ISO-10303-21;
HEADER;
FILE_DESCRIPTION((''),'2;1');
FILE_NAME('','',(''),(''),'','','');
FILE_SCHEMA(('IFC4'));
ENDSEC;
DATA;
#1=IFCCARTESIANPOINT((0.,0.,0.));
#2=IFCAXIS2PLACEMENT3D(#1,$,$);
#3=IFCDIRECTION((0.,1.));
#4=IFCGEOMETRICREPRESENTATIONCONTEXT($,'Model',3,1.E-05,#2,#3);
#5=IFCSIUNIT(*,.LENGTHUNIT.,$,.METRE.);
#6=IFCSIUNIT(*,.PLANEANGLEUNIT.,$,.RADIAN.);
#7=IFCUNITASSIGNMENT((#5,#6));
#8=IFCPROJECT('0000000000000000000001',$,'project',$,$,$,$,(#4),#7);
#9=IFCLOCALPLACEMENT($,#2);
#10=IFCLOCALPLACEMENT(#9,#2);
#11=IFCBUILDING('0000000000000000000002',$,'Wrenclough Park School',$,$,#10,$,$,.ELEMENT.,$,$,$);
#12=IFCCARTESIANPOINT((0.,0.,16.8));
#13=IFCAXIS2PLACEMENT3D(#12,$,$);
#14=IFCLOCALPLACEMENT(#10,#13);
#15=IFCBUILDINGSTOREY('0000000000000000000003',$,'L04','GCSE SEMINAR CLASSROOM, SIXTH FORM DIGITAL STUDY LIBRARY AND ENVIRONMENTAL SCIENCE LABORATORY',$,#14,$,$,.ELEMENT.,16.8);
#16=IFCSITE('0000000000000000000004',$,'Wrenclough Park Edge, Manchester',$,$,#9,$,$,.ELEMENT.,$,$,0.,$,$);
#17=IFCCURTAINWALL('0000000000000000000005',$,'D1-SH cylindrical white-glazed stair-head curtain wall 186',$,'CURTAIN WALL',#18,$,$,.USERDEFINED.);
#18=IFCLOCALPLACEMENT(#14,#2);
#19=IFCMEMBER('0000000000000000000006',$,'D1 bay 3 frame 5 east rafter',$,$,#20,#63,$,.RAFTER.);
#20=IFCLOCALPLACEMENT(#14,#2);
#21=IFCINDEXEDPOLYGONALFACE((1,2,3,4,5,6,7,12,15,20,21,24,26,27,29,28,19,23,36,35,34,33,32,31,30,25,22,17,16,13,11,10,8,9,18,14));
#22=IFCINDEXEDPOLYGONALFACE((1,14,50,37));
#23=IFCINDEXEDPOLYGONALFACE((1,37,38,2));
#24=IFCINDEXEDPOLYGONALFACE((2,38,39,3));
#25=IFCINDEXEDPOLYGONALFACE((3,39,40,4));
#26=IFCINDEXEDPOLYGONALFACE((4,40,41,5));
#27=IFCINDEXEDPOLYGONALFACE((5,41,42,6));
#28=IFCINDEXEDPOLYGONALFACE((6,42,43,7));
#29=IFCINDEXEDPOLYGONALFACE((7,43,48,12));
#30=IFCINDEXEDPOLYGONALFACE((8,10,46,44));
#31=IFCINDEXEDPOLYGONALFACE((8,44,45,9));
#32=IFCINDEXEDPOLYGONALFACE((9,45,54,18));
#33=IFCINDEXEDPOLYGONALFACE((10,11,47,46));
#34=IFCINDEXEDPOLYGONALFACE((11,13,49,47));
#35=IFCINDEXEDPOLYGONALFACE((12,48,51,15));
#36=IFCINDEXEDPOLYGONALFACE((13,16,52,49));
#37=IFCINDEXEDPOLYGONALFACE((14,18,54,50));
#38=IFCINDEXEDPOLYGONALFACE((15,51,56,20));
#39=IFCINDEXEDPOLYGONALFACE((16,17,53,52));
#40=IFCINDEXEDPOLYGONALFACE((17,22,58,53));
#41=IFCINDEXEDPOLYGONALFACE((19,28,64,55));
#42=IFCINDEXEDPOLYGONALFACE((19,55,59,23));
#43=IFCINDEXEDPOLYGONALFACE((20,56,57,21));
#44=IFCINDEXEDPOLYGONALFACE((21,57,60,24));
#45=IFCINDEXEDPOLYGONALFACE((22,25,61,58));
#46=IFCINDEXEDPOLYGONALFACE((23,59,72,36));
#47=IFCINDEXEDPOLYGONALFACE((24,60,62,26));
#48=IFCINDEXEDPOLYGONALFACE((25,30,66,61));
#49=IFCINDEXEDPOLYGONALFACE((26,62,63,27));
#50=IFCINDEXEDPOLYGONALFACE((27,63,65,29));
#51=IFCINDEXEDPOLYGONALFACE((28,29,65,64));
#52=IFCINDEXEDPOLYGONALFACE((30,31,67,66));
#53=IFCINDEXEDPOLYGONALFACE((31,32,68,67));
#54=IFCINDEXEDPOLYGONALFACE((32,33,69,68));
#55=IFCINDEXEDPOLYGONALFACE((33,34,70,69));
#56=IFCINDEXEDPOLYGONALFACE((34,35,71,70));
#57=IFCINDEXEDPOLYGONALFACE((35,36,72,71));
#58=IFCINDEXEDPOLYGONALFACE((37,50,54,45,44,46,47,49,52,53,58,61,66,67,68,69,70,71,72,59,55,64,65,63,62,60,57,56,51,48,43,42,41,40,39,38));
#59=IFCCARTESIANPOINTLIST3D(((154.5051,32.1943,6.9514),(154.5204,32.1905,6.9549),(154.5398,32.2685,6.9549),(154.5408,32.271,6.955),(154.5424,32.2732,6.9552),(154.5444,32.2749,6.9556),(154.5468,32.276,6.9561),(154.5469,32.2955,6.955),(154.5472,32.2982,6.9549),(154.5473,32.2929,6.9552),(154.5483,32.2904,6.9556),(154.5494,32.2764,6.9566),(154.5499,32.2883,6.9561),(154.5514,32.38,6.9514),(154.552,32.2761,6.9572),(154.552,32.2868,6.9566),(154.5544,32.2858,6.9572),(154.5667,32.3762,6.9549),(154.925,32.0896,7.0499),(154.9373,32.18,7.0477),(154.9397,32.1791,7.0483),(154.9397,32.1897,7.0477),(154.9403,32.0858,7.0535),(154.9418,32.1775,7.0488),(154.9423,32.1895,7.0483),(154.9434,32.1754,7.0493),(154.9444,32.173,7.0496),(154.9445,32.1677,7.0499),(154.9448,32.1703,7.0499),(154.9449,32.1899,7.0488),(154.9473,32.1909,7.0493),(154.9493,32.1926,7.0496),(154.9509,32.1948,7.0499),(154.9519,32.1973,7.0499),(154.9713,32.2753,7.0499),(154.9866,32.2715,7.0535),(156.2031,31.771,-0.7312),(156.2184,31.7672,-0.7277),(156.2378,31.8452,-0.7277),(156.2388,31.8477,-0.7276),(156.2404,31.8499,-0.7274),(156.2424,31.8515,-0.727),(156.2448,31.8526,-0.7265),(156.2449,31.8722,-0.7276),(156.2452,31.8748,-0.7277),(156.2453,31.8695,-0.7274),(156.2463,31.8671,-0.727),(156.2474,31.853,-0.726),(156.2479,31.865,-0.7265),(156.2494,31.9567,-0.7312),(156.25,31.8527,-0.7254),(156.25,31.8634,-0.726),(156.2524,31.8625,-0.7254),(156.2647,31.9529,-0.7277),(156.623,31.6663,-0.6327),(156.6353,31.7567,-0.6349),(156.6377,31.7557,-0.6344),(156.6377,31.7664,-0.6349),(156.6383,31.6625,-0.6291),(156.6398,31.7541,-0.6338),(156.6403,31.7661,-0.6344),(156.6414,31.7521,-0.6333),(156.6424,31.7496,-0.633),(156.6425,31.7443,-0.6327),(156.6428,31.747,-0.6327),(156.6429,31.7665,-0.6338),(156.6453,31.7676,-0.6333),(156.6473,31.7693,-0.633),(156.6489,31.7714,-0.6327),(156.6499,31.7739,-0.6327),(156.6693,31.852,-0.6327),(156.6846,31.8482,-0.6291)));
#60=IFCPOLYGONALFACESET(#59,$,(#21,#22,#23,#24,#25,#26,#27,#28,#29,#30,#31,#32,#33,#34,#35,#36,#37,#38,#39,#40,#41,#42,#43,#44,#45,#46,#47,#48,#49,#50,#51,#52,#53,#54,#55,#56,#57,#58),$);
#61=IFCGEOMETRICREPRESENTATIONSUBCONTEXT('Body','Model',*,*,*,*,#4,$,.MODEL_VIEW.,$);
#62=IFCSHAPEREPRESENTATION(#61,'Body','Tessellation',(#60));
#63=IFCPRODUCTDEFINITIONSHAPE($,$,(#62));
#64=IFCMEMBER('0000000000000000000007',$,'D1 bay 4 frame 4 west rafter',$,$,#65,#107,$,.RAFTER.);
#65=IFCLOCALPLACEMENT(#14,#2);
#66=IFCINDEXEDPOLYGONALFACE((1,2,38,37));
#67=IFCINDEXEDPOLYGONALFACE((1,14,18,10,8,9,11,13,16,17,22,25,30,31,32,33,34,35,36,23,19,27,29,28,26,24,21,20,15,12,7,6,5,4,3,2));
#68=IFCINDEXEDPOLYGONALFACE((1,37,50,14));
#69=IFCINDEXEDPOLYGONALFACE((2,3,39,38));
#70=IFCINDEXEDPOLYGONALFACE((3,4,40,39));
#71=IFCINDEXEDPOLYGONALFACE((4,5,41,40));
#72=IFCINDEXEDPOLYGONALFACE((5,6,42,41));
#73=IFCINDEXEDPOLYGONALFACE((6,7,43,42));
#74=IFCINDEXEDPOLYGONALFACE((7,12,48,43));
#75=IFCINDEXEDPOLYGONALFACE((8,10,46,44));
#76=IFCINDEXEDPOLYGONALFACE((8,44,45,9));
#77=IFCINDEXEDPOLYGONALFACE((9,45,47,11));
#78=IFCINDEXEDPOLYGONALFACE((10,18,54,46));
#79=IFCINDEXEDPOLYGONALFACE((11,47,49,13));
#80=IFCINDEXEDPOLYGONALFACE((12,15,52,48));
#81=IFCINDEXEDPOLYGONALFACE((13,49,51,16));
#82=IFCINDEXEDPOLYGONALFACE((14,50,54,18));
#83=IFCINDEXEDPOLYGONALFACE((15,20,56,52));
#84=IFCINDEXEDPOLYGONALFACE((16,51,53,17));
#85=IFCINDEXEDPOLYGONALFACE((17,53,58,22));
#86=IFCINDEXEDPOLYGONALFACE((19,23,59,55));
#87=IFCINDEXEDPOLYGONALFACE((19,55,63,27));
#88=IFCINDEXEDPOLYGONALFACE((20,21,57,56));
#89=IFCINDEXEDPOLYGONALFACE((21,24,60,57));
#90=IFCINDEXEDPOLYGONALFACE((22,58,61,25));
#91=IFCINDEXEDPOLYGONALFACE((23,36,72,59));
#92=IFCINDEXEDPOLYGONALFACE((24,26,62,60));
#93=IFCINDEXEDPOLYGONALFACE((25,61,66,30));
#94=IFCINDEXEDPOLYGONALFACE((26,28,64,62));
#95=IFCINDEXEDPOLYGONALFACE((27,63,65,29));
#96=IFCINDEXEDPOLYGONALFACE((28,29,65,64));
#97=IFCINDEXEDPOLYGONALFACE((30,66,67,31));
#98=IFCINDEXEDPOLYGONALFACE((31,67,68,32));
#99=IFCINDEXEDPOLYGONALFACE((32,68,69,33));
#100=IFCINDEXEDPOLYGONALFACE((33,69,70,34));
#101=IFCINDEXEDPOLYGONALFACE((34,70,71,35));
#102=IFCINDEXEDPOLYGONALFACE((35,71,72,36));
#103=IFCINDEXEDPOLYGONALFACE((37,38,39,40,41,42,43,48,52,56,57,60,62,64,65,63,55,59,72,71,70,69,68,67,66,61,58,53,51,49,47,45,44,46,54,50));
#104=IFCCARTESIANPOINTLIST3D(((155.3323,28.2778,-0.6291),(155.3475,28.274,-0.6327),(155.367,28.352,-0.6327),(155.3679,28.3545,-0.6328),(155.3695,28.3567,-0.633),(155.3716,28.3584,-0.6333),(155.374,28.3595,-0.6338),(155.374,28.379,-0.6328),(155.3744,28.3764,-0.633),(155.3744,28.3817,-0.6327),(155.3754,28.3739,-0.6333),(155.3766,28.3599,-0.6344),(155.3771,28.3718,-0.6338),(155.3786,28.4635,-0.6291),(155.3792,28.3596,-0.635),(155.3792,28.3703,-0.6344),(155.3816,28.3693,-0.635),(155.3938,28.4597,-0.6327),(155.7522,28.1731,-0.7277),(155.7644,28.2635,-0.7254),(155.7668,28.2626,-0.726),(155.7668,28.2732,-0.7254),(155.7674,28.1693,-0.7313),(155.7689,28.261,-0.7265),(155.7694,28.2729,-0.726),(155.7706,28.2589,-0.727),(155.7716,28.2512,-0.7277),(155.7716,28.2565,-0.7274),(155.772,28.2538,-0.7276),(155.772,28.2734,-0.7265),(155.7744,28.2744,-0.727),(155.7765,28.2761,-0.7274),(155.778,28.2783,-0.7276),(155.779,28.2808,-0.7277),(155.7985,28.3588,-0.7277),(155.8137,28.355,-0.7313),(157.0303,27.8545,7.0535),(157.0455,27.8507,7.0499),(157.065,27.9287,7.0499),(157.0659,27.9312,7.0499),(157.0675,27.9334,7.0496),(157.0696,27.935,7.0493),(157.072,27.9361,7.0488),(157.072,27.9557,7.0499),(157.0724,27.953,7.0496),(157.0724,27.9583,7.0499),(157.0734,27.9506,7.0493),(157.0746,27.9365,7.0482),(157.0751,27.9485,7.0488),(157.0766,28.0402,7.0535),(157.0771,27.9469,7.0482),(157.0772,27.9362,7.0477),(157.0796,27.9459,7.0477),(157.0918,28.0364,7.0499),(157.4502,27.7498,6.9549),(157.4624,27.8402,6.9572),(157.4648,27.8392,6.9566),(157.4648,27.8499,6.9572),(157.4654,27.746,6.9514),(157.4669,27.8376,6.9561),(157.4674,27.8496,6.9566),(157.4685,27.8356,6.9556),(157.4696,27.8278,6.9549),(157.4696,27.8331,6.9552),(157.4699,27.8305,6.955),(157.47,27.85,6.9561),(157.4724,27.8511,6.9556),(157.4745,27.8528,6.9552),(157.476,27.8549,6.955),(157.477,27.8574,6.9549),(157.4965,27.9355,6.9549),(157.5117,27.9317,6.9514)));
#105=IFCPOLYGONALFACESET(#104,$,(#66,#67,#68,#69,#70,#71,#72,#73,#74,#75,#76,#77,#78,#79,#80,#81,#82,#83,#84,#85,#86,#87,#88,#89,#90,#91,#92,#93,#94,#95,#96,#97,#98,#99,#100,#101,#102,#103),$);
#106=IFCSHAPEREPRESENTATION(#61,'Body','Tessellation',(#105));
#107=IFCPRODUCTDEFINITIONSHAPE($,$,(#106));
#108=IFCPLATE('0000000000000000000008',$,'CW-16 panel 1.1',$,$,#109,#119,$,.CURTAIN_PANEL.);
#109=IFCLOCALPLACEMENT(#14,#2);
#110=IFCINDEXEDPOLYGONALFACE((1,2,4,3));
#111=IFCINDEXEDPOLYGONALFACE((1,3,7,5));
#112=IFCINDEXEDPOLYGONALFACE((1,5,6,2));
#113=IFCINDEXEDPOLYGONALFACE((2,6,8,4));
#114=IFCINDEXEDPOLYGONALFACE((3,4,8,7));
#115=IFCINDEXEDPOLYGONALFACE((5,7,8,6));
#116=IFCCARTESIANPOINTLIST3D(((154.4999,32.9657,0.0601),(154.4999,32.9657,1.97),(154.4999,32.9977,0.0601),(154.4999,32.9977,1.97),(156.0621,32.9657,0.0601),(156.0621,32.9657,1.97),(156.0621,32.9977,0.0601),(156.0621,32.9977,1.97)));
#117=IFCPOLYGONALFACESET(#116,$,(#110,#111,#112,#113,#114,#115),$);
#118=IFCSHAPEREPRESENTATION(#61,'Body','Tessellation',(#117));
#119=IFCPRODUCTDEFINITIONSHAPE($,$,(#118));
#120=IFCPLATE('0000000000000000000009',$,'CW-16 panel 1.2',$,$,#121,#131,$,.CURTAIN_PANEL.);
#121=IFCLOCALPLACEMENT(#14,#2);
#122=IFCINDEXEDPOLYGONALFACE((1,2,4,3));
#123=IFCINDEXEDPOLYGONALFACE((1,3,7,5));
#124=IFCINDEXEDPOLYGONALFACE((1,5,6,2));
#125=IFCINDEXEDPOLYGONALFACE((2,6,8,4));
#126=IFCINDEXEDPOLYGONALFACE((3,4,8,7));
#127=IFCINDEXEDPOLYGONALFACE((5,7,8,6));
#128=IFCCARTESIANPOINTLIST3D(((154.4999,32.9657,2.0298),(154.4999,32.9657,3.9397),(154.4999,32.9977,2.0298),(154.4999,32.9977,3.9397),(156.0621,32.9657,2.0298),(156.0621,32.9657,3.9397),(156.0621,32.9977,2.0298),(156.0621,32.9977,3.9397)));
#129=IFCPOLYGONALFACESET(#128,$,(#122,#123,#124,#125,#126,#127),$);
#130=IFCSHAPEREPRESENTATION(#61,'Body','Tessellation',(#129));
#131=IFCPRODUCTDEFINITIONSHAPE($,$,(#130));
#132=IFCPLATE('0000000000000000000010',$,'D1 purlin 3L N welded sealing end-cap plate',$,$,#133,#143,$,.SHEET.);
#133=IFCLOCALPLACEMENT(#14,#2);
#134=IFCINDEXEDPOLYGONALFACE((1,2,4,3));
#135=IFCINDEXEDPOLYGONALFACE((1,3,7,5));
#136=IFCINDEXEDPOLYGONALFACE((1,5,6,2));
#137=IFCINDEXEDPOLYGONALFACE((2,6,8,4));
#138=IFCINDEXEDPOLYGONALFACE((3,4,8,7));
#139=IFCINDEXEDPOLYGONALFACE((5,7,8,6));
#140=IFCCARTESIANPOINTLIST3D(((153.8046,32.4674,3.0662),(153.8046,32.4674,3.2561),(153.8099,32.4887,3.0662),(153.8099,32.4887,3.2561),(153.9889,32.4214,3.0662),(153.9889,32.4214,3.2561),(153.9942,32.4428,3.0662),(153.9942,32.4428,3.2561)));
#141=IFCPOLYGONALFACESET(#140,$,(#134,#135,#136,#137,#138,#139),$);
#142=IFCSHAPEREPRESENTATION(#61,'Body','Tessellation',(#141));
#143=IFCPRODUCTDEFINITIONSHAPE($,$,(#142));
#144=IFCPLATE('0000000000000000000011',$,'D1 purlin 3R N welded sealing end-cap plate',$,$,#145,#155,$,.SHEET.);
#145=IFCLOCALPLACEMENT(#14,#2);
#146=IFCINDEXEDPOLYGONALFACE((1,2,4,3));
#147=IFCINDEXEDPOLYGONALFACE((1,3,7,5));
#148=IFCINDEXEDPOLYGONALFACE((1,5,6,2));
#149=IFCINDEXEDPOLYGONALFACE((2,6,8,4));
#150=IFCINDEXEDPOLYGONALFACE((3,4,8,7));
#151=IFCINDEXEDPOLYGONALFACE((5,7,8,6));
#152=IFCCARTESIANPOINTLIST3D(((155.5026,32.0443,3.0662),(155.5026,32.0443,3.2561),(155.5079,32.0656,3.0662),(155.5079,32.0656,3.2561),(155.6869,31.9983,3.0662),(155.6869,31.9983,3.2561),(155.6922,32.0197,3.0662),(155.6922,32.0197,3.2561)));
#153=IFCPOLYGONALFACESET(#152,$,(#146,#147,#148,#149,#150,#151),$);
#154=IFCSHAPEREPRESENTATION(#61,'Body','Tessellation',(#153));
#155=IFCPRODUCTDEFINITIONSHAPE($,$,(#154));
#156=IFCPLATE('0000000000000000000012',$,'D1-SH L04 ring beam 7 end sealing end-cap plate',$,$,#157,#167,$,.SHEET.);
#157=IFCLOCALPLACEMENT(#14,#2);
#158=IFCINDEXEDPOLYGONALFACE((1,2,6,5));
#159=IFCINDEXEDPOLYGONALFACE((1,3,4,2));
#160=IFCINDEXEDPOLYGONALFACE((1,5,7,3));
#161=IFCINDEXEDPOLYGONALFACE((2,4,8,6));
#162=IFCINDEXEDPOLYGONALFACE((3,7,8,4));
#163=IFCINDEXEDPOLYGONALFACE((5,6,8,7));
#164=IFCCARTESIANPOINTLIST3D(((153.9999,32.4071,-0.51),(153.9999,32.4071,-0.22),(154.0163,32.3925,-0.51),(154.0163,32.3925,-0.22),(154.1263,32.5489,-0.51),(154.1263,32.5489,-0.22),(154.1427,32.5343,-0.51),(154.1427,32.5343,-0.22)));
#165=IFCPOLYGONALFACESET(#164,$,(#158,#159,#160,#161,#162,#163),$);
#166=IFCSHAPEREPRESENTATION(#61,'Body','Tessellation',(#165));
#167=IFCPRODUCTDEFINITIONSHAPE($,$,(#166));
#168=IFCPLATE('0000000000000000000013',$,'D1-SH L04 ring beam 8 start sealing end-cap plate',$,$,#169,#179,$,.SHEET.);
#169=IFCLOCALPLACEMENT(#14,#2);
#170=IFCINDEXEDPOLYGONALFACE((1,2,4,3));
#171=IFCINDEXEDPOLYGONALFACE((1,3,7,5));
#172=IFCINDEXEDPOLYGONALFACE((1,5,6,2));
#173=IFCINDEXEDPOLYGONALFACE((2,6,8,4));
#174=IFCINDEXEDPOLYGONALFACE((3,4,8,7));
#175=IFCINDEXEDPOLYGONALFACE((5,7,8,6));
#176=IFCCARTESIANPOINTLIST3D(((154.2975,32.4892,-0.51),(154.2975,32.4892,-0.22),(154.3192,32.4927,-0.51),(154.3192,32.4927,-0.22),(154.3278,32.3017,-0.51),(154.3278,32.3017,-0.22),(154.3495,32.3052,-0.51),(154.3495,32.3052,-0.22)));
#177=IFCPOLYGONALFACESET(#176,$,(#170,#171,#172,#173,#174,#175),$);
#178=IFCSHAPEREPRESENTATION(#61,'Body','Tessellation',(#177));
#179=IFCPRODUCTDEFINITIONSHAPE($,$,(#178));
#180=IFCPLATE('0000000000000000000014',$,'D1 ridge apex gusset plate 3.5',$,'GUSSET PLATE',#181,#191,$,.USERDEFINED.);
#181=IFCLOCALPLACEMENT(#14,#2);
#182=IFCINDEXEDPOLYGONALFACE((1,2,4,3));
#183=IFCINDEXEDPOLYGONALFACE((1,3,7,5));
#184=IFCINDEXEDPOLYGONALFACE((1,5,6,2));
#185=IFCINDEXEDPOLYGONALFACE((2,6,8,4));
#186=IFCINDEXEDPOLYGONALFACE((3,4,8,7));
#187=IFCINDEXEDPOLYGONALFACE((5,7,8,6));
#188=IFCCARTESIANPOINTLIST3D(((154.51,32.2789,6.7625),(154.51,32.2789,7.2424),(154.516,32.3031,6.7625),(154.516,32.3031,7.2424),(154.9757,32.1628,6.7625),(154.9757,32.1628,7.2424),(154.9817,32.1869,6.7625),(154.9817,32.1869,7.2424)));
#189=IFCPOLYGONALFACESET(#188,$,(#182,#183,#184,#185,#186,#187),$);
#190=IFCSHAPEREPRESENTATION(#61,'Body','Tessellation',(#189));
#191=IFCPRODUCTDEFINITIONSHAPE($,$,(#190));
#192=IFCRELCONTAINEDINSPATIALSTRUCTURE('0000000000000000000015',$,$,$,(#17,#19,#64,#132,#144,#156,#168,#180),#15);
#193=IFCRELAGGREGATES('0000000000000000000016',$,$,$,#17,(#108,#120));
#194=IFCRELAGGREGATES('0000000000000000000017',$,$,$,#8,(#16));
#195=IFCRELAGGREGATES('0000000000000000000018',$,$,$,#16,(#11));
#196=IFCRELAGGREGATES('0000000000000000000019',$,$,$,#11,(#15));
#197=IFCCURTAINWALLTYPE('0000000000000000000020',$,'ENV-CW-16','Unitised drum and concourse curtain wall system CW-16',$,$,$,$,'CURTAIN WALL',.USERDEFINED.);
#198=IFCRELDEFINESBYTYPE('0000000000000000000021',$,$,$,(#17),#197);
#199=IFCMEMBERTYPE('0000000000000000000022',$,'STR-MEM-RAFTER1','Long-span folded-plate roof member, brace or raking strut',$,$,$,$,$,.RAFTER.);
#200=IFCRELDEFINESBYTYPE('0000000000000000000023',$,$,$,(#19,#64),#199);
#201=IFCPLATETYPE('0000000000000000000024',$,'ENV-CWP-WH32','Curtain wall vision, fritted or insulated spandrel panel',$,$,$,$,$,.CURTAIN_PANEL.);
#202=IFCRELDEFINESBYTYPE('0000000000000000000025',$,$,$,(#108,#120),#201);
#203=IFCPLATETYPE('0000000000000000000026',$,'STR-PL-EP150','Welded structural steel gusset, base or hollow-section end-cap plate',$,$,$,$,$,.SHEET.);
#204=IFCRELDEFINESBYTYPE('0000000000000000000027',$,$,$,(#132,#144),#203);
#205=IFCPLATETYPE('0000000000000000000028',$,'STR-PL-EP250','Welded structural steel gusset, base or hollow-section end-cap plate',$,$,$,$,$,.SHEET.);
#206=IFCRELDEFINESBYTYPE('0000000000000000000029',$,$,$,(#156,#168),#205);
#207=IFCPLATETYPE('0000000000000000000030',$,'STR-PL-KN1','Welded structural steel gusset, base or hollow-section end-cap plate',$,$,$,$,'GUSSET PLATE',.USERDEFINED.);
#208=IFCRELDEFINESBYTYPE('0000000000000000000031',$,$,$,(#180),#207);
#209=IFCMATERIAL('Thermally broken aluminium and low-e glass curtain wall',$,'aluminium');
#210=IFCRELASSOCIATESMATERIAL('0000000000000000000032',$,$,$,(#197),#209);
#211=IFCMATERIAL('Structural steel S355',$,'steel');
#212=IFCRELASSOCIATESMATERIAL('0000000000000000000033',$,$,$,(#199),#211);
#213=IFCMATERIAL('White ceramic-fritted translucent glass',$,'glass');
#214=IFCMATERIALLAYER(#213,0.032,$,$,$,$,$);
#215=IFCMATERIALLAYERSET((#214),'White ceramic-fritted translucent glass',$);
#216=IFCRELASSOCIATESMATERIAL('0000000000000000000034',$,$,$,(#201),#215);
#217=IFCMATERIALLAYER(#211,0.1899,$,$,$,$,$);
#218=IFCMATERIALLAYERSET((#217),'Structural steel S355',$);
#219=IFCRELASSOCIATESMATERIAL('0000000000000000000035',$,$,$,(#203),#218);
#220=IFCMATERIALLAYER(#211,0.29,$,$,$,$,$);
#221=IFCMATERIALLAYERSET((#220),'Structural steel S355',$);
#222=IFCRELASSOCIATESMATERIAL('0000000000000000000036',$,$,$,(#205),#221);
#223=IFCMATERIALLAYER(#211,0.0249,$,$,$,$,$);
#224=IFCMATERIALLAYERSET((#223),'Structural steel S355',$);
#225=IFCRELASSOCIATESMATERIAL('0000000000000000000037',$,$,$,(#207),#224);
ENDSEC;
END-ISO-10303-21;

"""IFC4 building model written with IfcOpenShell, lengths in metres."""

from ifc_helpers import new_model, si_unit, direction, frame, origin, origin_2d, place, context, subcontext, project, spatial, rectangle, i_section, extrude, material, layer, layer_set, material_profile, profile_set, type_object, element, aggregate, save


model = new_model("IFC4")

# Units and contexts
model_context = context("Model", 3, precision=1e-05, world=origin(), true_north=direction((0.0, 1.0)))
body_context = subcontext(model_context, "Body", "Model", "MODEL_VIEW")
ifc_project = project(units=[si_unit("LENGTHUNIT", "METRE"), si_unit("PLANEANGLEUNIT", "RADIAN")], contexts=[model_context])

# Site, building, storey
site_placement = place(None, origin())
site = spatial("IfcSite", under=ifc_project, at=site_placement, Name="Wrenclough Park Edge, Manchester", CompositionType="ELEMENT", RefElevation=0.0)
building_placement = place(site_placement, origin())
building = spatial("IfcBuilding", under=site, at=building_placement, Name="Wrenclough Park School", CompositionType="ELEMENT")
storey_placement = place(building_placement, frame((0.0, 0.0, 16.8)))
storey = spatial("IfcBuildingStorey", under=building, at=storey_placement, Name="L04", Description="GCSE SEMINAR CLASSROOM, SIXTH FORM DIGITAL STUDY LIBRARY AND ENVIRONMENTAL SCIENCE LABORATORY", CompositionType="ELEMENT", Elevation=16.8)

# Shared definitions
ifc_material_1 = material(Name="Structural steel S355", Category="steel")

# Shared definitions
ifc_material_2 = material(Name="Thermally broken aluminium and low-e glass curtain wall", Category="aluminium")
curtain_wall_type = type_object("IfcCurtainWallType", Name="ENV-CW-16", Description="Unitised drum and concourse curtain wall system CW-16", ElementType="CURTAIN WALL", PredefinedType="USERDEFINED", material=ifc_material_2)

# Curtain wall
curtain_wall_1_placement = place(storey_placement, origin())
curtain_wall_1 = element("IfcCurtainWall", 1, at=curtain_wall_1_placement, inside=storey, type_object=curtain_wall_type, Name="D1-SH cylindrical white-glazed stair-head curtain wall 186", ObjectType="CURTAIN WALL", PredefinedType="USERDEFINED")

# Members
ifc_material_profile_1 = material_profile(ifc_material_1, i_section(OverallWidth=0.1914, OverallDepth=0.46, WebThickness=0.01, FlangeThickness=0.0161, FilletRadius=0.0103, at=origin_2d()), Name="UKB 457x191x82")
ifc_profile_set_1 = profile_set([ifc_material_profile_1], Name="Structural steel S355")
member_type_1 = type_object("IfcMemberType", Name="STR-MEM-RAFTER1", Description="Long-span folded-plate roof member, brace or raking strut", PredefinedType="RAFTER", material=ifc_profile_set_1)
for number, where, z_axis, x_axis, name in (
    (2, (154.7458, 32.2329, 7.0024), (0.215498, -0.053727, -0.975025), (0.241912, 0.970298, 0.0), "D1 bay 3 frame 5 east rafter"),
    (3, (155.573, 28.3164, -0.6802), (0.215498, -0.053727, 0.975025), (0.241912, 0.970298, 0.0), "D1 bay 4 frame 4 west rafter"),
):
    element("IfcMember", number, at=place(storey_placement, frame(where, z_axis=z_axis, x_axis=x_axis)), inside=storey, type_object=member_type_1, Name=name, PredefinedType="RAFTER", context=body_context, shape_type="SweptSolid", body=[
        extrude(i_section(OverallWidth=0.1914, OverallDepth=0.46, WebThickness=0.01, FlangeThickness=0.0161, FilletRadius=0.0103, at=origin_2d()), origin(), (0.0, 0.0, 1.0), 7.8794),
    ])

# Plates
ifc_material_3 = material(Name="White ceramic-fritted translucent glass", Category="glass")
ifc_layer_1 = layer(ifc_material_3, 0.032)
ifc_layer_set_1 = layer_set([ifc_layer_1], Name="White ceramic-fritted translucent glass")
plate_type_1 = type_object("IfcPlateType", Name="ENV-CWP-WH32", Description="Curtain wall vision, fritted or insulated spandrel panel", PredefinedType="CURTAIN_PANEL", material=ifc_layer_set_1)
plate_1_placement = place(storey_placement, frame((155.281, 32.9817, 0.0601), z_axis=(0.0, 0.0, 1.0), x_axis=(1.0, 0.0, 0.0)))
plate_1 = element("IfcPlate", 4, at=plate_1_placement, type_object=plate_type_1, Name="CW-16 panel 1.1", PredefinedType="CURTAIN_PANEL", context=body_context, shape_type="SweptSolid", body=[
    extrude(rectangle(XDim=1.5623, YDim=0.032, at=origin_2d()), origin(), (0.0, 0.0, 1.0), 1.9099),
])
plate_2_placement = place(storey_placement, frame((155.281, 32.9817, 2.0298), z_axis=(0.0, 0.0, 1.0), x_axis=(1.0, 0.0, 0.0)))
plate_2 = element("IfcPlate", 5, at=plate_2_placement, type_object=plate_type_1, Name="CW-16 panel 1.2", PredefinedType="CURTAIN_PANEL", context=body_context, shape_type="SweptSolid", body=[
    extrude(rectangle(XDim=1.5623, YDim=0.032, at=origin_2d()), origin(), (0.0, 0.0, 1.0), 1.9099),
])
aggregate(curtain_wall_1, [plate_1, plate_2])

# Plates
ifc_layer_2 = layer(ifc_material_1, 0.1899)
ifc_layer_set_2 = layer_set([ifc_layer_2], Name="Structural steel S355")
plate_type_2 = type_object("IfcPlateType", Name="STR-PL-EP150", Description="Welded structural steel gusset, base or hollow-section end-cap plate", PredefinedType="SHEET", material=ifc_layer_set_2)
for number, where, z_axis, x_axis, name in (
    (6, (153.8994, 32.4551, 3.0662), (0.0, 0.0, 1.0), (0.241922, 0.970296, 0.0), "D1 purlin 3L N welded sealing end-cap plate"),
    (7, (155.5974, 32.032, 3.0662), (0.0, 0.0, 1.0), (0.241922, 0.970296, 0.0), "D1 purlin 3R N welded sealing end-cap plate"),
):
    element("IfcPlate", number, at=place(storey_placement, frame(where, z_axis=z_axis, x_axis=x_axis)), inside=storey, type_object=plate_type_2, Name=name, PredefinedType="SHEET", context=body_context, shape_type="SweptSolid", body=[
        extrude(rectangle(XDim=0.022, YDim=0.1899, at=origin_2d()), origin(), (0.0, 0.0, 1.0), 0.1899),
    ])
ifc_layer_3 = layer(ifc_material_1, 0.29)
ifc_layer_set_3 = layer_set([ifc_layer_3], Name="Structural steel S355")
plate_type_3 = type_object("IfcPlateType", Name="STR-PL-EP250", Description="Welded structural steel gusset, base or hollow-section end-cap plate", PredefinedType="SHEET", material=ifc_layer_set_3)
for number, where, z_axis, x_axis, name in (
    (8, (154.0713, 32.4707, -0.51), (0.0, 0.0, 1.0), (0.746406, -0.665491, 0.0), "D1-SH L04 ring beam 7 end sealing end-cap plate"),
    (9, (154.3235, 32.3972, -0.51), (0.0, 0.0, 1.0), (0.98722, 0.159364, 0.0), "D1-SH L04 ring beam 8 start sealing end-cap plate"),
):
    element("IfcPlate", number, at=place(storey_placement, frame(where, z_axis=z_axis, x_axis=x_axis)), inside=storey, type_object=plate_type_3, Name=name, PredefinedType="SHEET", context=body_context, shape_type="SweptSolid", body=[
        extrude(rectangle(XDim=0.022, YDim=0.1899, at=origin_2d()), origin(), (0.0, 0.0, 1.0), 0.29),
    ])
ifc_layer_4 = layer(ifc_material_1, 0.0249)
ifc_layer_set_4 = layer_set([ifc_layer_4], Name="Structural steel S355")
plate_type_4 = type_object("IfcPlateType", Name="STR-PL-KN1", Description="Welded structural steel gusset, base or hollow-section end-cap plate", ElementType="GUSSET PLATE", PredefinedType="USERDEFINED", material=ifc_layer_set_4)
plate_3_placement = place(storey_placement, frame((154.7458, 32.2329, 6.7625), z_axis=(0.0, 0.0, 1.0), x_axis=(0.970296, -0.241922, 0.0)))
element("IfcPlate", 10, at=plate_3_placement, inside=storey, type_object=plate_type_4, Name="D1 ridge apex gusset plate 3.5", ObjectType="GUSSET PLATE", PredefinedType="USERDEFINED", context=body_context, shape_type="SweptSolid", body=[
    extrude(rectangle(XDim=0.48, YDim=0.0249, at=origin_2d()), origin(), (0.0, 0.0, 1.0), 0.48),
])

save(model, "model.ifc")
